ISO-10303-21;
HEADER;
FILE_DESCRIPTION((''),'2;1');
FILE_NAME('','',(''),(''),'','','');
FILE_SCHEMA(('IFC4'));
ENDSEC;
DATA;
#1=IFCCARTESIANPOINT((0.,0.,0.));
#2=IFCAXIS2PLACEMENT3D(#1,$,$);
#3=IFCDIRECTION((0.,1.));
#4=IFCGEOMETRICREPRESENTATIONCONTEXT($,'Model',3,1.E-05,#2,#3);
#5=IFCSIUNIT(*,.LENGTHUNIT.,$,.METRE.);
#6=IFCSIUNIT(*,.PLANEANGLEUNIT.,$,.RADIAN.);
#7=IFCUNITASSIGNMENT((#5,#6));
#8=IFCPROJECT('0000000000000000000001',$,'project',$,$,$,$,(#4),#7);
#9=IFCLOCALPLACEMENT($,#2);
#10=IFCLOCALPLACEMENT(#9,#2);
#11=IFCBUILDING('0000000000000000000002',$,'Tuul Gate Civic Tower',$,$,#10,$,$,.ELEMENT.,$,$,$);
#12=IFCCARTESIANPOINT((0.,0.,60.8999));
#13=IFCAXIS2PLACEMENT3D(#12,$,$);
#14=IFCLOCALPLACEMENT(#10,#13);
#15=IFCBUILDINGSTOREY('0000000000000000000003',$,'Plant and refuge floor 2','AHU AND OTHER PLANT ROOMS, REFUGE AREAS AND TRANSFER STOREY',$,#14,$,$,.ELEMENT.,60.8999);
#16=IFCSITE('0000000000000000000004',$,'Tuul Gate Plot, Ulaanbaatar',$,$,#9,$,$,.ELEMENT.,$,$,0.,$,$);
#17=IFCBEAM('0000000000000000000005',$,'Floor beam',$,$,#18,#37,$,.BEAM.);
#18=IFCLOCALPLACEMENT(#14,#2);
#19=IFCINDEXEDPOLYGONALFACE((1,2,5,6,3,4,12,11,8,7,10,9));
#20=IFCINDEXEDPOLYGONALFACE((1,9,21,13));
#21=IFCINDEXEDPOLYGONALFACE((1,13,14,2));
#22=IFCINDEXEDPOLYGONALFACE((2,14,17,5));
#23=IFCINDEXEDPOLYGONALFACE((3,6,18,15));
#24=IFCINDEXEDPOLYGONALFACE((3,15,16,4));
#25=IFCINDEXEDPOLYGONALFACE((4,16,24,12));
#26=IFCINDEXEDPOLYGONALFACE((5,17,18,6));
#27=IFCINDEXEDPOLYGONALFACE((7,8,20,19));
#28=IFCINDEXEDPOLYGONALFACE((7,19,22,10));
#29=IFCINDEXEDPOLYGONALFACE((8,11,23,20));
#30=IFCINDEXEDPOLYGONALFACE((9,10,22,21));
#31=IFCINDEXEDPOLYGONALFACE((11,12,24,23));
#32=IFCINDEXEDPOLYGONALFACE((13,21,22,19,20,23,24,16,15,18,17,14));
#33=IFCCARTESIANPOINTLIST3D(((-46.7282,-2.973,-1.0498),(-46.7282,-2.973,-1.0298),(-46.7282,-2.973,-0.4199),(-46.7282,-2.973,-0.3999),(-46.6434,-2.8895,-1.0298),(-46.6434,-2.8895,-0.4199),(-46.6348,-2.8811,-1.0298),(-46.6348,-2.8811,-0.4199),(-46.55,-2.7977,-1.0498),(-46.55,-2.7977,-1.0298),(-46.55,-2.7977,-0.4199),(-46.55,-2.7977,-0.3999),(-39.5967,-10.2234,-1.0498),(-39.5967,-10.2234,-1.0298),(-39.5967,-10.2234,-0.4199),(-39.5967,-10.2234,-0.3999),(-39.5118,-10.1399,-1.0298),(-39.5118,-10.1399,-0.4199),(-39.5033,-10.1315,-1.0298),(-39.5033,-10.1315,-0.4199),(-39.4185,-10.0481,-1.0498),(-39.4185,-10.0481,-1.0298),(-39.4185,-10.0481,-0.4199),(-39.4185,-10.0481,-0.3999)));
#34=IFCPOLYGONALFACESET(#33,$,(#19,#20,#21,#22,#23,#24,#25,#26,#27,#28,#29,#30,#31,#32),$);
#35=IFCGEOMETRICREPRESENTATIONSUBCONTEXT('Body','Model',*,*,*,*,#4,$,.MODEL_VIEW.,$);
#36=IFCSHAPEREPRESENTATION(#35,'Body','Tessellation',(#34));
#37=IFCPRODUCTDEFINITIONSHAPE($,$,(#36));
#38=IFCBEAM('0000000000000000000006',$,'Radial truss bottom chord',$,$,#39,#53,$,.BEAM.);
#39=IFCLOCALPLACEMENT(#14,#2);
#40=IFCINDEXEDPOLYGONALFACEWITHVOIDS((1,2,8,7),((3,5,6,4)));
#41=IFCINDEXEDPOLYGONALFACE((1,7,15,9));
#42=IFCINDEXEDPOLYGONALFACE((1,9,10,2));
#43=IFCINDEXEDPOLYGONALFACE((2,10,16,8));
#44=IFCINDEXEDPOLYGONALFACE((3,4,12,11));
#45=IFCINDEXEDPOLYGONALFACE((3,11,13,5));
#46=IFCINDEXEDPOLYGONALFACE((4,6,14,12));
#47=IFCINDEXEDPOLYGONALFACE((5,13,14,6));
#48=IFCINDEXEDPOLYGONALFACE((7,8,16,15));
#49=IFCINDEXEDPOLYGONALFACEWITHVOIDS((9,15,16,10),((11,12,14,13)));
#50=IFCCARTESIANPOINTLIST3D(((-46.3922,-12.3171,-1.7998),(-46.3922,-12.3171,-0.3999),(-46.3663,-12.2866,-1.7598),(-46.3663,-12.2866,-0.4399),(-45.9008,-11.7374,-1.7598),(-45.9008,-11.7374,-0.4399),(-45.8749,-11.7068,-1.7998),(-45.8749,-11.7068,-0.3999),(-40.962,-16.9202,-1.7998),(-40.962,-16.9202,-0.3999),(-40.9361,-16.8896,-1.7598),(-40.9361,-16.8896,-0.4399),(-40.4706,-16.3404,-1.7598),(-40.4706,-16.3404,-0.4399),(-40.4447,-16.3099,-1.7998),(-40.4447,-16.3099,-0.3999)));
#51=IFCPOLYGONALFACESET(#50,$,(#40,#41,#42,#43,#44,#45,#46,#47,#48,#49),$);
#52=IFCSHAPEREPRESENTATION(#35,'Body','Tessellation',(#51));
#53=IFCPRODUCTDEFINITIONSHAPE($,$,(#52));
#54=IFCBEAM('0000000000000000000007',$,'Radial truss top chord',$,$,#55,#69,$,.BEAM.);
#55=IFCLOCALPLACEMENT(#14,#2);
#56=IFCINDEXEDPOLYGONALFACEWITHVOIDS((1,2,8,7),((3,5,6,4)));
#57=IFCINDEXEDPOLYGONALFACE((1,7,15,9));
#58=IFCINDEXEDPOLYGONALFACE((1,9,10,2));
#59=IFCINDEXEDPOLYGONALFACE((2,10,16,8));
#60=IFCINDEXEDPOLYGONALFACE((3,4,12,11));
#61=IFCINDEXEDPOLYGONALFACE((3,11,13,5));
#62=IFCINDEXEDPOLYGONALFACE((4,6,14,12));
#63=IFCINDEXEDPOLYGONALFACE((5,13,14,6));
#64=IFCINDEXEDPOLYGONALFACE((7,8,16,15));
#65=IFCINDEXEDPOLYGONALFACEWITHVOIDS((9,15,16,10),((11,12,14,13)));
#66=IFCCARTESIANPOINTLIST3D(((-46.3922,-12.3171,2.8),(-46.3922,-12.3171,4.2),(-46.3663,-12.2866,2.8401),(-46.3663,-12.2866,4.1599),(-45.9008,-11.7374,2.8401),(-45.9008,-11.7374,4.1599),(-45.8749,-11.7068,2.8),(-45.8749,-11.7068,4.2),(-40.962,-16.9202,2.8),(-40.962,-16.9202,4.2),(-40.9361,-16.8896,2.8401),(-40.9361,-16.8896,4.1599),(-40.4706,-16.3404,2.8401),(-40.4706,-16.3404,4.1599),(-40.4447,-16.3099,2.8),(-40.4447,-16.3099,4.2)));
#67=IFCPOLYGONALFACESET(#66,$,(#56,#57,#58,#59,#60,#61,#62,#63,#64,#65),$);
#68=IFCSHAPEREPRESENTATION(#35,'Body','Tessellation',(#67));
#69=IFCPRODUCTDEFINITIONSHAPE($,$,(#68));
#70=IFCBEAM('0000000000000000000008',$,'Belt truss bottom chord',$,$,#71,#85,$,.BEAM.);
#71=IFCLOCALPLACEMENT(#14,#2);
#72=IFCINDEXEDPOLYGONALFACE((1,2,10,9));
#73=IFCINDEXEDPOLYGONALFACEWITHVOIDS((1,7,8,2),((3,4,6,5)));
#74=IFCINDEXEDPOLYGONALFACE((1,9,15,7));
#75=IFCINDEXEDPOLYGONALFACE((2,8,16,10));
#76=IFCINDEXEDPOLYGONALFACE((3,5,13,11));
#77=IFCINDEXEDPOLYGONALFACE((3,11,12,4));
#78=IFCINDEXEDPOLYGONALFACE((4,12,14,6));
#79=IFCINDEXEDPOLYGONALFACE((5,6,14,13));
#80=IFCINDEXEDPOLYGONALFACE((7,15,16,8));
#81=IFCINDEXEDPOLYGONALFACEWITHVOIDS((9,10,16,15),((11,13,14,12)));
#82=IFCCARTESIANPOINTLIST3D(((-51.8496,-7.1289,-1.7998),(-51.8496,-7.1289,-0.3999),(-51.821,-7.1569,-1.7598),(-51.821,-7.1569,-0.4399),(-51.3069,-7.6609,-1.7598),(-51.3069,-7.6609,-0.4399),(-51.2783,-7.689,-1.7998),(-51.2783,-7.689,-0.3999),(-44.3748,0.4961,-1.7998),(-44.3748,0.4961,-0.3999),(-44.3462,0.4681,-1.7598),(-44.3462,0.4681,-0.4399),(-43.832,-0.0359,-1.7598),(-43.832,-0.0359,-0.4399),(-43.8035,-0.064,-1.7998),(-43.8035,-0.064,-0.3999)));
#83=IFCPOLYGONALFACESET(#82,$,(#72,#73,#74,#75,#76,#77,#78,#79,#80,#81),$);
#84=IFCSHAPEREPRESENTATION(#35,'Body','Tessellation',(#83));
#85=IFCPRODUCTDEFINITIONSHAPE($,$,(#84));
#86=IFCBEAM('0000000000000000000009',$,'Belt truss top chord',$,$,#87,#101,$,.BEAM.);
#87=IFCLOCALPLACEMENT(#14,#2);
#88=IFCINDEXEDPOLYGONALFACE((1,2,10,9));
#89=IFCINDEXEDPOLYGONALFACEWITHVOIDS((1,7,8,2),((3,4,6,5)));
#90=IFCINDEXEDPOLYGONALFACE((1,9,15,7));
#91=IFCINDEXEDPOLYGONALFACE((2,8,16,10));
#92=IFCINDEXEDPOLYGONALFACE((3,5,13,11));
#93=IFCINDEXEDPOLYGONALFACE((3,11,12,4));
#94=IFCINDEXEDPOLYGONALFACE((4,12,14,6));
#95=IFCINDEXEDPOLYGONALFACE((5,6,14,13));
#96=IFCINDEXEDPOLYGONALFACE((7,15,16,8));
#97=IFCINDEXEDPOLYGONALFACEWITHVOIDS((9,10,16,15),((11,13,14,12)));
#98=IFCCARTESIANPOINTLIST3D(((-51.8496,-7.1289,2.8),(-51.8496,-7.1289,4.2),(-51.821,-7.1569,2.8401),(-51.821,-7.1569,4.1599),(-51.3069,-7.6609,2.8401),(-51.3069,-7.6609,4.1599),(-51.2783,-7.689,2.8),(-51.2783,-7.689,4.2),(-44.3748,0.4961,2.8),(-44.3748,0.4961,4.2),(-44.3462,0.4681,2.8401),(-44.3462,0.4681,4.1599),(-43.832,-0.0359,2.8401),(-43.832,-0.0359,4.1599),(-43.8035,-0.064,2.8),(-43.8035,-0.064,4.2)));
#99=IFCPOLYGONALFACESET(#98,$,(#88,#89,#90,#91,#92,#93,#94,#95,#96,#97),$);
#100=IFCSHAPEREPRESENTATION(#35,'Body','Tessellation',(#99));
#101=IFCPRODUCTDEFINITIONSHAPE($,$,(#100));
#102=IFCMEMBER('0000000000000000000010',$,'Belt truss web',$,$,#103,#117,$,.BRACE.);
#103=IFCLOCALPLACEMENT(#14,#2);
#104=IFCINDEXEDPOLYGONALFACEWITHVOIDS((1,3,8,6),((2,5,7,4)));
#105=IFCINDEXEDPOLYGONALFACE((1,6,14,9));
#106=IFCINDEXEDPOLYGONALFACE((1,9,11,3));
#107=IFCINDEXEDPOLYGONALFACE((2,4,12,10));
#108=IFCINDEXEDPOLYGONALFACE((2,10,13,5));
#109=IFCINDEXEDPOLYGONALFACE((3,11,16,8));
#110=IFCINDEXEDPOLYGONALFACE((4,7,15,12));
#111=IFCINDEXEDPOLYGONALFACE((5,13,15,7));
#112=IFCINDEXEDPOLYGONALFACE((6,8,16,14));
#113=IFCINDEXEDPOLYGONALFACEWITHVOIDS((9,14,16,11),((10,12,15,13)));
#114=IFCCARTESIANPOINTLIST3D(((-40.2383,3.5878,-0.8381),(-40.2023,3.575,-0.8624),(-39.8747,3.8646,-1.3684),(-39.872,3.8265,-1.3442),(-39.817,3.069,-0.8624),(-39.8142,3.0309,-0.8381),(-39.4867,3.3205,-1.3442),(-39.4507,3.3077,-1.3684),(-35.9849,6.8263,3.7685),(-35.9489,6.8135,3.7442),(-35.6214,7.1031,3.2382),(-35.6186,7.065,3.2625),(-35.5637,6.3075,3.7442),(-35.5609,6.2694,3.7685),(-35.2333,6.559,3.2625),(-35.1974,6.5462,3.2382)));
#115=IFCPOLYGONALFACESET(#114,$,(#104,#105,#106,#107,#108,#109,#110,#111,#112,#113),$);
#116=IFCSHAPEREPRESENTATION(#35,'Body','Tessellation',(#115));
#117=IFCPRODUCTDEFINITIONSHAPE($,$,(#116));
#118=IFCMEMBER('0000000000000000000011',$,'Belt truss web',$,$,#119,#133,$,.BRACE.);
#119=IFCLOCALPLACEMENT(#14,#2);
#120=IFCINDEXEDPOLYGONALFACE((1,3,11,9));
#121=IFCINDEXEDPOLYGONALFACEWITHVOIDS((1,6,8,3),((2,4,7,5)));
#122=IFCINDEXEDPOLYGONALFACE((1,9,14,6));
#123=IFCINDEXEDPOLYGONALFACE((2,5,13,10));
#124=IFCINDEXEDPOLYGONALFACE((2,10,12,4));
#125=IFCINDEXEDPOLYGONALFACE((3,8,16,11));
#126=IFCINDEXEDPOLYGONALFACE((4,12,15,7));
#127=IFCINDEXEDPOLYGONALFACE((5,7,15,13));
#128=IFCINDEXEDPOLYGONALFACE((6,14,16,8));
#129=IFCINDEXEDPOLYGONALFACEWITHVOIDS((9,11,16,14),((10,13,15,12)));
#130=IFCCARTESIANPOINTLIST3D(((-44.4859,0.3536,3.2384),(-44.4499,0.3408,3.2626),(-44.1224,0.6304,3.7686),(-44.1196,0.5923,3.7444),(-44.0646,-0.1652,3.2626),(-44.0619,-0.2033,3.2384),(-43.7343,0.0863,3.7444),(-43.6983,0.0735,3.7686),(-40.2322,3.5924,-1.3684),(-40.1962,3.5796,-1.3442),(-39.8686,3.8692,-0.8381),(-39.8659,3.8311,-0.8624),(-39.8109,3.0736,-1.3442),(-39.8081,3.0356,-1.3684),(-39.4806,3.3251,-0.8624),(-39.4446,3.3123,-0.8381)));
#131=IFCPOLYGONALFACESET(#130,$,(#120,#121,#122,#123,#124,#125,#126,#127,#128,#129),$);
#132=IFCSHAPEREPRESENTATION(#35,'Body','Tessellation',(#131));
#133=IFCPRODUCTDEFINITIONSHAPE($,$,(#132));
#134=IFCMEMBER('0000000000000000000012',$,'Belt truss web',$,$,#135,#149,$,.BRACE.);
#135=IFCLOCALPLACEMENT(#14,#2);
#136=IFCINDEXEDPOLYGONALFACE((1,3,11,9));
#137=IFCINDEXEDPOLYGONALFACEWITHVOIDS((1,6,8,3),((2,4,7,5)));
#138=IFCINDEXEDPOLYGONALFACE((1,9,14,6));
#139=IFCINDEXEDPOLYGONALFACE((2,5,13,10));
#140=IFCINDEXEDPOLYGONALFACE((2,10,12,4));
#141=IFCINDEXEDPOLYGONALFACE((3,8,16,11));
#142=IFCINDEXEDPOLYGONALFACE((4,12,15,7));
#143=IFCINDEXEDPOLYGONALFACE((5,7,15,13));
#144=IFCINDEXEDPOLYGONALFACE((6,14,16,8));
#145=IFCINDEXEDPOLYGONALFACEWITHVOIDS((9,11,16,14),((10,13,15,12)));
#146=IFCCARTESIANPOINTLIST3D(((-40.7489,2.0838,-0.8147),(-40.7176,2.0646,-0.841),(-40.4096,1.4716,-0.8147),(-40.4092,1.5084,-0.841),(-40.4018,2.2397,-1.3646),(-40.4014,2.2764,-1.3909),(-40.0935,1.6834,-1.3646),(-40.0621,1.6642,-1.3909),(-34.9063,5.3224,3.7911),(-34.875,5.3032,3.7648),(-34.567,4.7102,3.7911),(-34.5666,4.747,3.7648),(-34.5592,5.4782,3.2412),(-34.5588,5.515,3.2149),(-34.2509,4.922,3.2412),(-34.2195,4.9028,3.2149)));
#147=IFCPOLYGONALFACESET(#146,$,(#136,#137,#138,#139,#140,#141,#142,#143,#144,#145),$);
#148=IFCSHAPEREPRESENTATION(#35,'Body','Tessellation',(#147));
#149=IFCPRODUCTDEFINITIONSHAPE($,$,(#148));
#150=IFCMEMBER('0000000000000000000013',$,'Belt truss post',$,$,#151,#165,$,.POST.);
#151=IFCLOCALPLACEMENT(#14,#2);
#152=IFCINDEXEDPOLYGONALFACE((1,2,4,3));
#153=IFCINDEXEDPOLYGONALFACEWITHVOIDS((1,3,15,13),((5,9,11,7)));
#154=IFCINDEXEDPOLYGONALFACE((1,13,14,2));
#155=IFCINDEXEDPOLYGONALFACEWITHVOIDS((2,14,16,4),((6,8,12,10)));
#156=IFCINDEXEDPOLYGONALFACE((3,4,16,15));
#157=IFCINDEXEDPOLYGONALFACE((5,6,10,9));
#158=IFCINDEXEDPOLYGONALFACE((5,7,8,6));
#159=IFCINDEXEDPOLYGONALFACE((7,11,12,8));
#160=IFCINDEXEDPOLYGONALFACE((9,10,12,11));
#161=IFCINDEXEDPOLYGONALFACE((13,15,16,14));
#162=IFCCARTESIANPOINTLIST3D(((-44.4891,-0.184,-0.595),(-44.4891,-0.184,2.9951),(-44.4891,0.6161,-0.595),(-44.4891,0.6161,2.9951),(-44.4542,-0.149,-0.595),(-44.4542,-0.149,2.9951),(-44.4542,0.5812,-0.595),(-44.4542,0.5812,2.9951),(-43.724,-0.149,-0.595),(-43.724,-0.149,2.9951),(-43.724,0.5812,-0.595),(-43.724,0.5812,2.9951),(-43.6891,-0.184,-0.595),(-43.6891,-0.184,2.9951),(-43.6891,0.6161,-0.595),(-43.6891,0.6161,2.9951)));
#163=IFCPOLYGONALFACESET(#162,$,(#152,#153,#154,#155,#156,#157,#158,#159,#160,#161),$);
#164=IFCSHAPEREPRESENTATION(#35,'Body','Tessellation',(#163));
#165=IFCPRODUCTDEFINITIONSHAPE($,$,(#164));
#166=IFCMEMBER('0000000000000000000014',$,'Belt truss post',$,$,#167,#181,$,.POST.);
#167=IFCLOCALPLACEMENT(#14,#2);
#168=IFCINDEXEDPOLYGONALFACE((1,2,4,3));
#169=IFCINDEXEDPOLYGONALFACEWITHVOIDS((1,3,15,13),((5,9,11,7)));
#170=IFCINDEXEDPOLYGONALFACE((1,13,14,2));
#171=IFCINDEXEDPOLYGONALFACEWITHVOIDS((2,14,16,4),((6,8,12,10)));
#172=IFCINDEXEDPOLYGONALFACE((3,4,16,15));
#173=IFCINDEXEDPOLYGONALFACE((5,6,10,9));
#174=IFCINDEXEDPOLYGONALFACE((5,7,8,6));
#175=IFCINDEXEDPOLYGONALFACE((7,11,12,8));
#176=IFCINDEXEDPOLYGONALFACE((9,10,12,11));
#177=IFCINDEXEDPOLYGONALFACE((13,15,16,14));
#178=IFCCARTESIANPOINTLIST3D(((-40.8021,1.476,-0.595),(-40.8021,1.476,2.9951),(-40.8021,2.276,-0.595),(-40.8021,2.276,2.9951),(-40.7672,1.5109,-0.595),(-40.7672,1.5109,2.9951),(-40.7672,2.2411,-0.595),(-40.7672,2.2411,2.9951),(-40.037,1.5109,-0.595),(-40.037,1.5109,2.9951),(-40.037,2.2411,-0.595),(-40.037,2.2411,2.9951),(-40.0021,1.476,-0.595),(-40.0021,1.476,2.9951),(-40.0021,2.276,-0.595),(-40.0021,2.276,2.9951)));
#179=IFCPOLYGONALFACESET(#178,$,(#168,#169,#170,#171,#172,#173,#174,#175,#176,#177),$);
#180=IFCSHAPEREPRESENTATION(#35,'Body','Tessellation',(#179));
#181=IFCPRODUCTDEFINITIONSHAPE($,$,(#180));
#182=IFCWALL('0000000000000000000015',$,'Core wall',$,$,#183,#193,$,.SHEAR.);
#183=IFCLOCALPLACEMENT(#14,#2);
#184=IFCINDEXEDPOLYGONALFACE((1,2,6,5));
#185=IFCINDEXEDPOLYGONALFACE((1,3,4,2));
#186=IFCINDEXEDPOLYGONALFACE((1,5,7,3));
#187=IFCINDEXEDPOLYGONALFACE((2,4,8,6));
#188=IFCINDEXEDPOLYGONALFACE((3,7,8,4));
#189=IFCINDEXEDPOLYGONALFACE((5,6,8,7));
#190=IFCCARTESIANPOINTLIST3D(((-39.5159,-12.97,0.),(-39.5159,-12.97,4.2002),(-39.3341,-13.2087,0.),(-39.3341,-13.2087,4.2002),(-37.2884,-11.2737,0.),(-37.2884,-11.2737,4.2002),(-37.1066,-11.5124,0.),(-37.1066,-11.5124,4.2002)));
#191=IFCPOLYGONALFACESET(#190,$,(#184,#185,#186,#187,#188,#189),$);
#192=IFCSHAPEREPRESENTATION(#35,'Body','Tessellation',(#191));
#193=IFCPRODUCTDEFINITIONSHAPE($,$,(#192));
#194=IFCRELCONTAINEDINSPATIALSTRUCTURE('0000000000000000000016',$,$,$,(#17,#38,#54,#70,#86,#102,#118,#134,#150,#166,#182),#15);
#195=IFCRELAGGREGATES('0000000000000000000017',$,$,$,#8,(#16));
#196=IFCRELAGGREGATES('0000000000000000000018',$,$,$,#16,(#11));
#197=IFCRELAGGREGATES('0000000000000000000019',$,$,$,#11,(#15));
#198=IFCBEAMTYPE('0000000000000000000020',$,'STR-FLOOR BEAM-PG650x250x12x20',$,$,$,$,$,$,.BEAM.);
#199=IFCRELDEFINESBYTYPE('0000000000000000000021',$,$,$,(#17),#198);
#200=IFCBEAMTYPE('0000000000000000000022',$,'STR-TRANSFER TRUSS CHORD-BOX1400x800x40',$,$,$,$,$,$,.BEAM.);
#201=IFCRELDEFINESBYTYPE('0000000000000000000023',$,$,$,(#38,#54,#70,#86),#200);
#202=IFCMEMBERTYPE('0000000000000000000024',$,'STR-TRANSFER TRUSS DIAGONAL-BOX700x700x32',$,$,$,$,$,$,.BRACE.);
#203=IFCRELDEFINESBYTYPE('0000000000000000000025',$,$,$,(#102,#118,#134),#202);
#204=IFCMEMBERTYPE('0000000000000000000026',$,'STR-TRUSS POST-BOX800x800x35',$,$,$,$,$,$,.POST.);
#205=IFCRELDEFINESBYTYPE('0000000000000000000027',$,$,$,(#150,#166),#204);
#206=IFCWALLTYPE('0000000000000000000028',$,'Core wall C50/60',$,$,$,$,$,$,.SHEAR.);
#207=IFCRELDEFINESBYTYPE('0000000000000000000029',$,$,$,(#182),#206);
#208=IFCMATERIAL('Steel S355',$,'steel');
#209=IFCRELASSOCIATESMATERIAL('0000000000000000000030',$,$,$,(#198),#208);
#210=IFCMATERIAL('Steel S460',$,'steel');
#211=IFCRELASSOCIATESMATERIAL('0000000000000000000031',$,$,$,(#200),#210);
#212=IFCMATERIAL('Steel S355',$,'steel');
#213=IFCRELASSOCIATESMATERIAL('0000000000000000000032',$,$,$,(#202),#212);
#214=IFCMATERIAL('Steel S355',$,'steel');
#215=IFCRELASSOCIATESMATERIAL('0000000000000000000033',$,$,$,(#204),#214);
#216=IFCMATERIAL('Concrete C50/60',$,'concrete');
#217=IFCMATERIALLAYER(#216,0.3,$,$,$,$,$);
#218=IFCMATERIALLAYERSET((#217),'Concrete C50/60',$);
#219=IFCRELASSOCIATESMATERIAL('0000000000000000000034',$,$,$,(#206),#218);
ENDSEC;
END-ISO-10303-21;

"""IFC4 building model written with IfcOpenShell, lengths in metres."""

from ifc_helpers import new_model, si_unit, direction, frame, frame_2d, origin, origin_2d, place, context, subcontext, project, spatial, rectangle, hollow_rectangle, i_section, extrude, material, layer, layer_set, material_profile, profile_set, type_object, element, save


model = new_model("IFC4")

# Units and contexts
model_context = context("Model", 3, precision=1e-05, world=origin(), true_north=direction((0.0, 1.0)))
body_context = subcontext(model_context, "Body", "Model", "MODEL_VIEW")
ifc_project = project(units=[si_unit("LENGTHUNIT", "METRE"), si_unit("PLANEANGLEUNIT", "RADIAN")], contexts=[model_context])

# Site, building, storey
site_placement = place(None, origin())
site = spatial("IfcSite", under=ifc_project, at=site_placement, Name="Tuul Gate Plot, Ulaanbaatar", CompositionType="ELEMENT", RefElevation=0.0)
building_placement = place(site_placement, origin())
building = spatial("IfcBuilding", under=site, at=building_placement, Name="Tuul Gate Civic Tower", CompositionType="ELEMENT")
storey_placement = place(building_placement, frame((0.0, 0.0, 60.8999)))
storey = spatial("IfcBuildingStorey", under=building, at=storey_placement, Name="Plant and refuge floor 2", Description="AHU AND OTHER PLANT ROOMS, REFUGE AREAS AND TRANSFER STOREY", CompositionType="ELEMENT", Elevation=60.8999)

# Beams
ifc_material_1 = material(Name="Steel S355", Category="steel")
ifc_material_profile_1 = material_profile(ifc_material_1, i_section(OverallWidth=0.25, OverallDepth=0.6499, WebThickness=0.012, FlangeThickness=0.02, at=origin_2d()), Name="PG650x250x12x20")
ifc_profile_set_1 = profile_set([ifc_material_profile_1], Name="Steel S355")
beam_type_1 = type_object("IfcBeamType", Name="STR-FLOOR BEAM-PG650x250x12x20", PredefinedType="BEAM", material=ifc_profile_set_1)
beam_placement = place(storey_placement, frame((-39.5076, -10.1357, -0.7249), z_axis=(-0.701237, 0.712928, 0.0), x_axis=(-0.712928, -0.701237, 0.0)))
element("IfcBeam", 1, at=beam_placement, inside=storey, type_object=beam_type_1, Name="Floor beam", PredefinedType="BEAM", context=body_context, shape_type="SweptSolid", body=[
    extrude(i_section(OverallWidth=0.25, OverallDepth=0.6499, WebThickness=0.012, FlangeThickness=0.02, at=origin_2d()), origin(), (0.0, 0.0, 1.0), 10.1699),
])
ifc_material_2 = material(Name="Steel S460", Category="steel")
ifc_material_profile_2 = material_profile(ifc_material_2, hollow_rectangle(XDim=0.8, YDim=1.3999, WallThickness=0.04, at=origin_2d()), Name="BOX1400x800x40")
ifc_profile_set_2 = profile_set([ifc_material_profile_2], Name="Steel S460")
beam_type_2 = type_object("IfcBeamType", Name="STR-TRANSFER TRUSS CHORD-BOX1400x800x40", PredefinedType="BEAM", material=ifc_profile_set_2)
for number, where, z_axis, x_axis, name in (
    (2, (-46.1335, -12.012, -1.0999), (0.762814, -0.646618, 0.0), (0.646618, 0.762814, 0.0), "Radial truss bottom chord"),
    (3, (-46.1335, -12.012, 3.5), (0.762814, -0.646618, 0.0), (0.646618, 0.762814, 0.0), "Radial truss top chord"),
):
    element("IfcBeam", number, at=place(storey_placement, frame(where, z_axis=z_axis, x_axis=x_axis)), inside=storey, type_object=beam_type_2, Name=name, PredefinedType="BEAM", context=body_context, shape_type="SweptSolid", body=[
        extrude(hollow_rectangle(XDim=0.8, YDim=1.3999, WallThickness=0.04, at=origin_2d()), origin(), (0.0, 0.0, 1.0), 7.1187),
    ])
for number, where, z_axis, x_axis, name in (
    (4, (-44.0891, 0.2161, -1.0999), (-0.700041, -0.714103, 0.0), (0.714103, -0.700041, 0.0), "Belt truss bottom chord"),
    (5, (-44.0891, 0.2161, 3.5), (-0.700041, -0.714103, 0.0), (0.714103, -0.700041, 0.0), "Belt truss top chord"),
):
    element("IfcBeam", number, at=place(storey_placement, frame(where, z_axis=z_axis, x_axis=x_axis)), inside=storey, type_object=beam_type_2, Name=name, PredefinedType="BEAM", context=body_context, shape_type="SweptSolid", body=[
        extrude(hollow_rectangle(XDim=0.8, YDim=1.3999, WallThickness=0.04, at=origin_2d()), origin(), (0.0, 0.0, 1.0), 10.6777),
    ])

# Members
ifc_material_3 = material(Name="Steel S355", Category="steel")
ifc_material_profile_3 = material_profile(ifc_material_3, hollow_rectangle(XDim=0.7, YDim=0.7, WallThickness=0.032, at=origin_2d()), Name="BOX700x700x32")
ifc_profile_set_3 = profile_set([ifc_material_profile_3], Name="Steel S355")
member_type_1 = type_object("IfcMemberType", Name="STR-TRANSFER TRUSS DIAGONAL-BOX700x700x32", PredefinedType="BRACE", material=ifc_profile_set_3)
member_1_placement = place(storey_placement, frame((-39.8445, 3.4478, -1.1033), z_axis=(0.602724, 0.45891, 0.652783), x_axis=(-0.605786, 0.795628, 0.0)))
element("IfcMember", 6, at=member_1_placement, inside=storey, type_object=member_type_1, Name="Belt truss web", PredefinedType="BRACE", context=body_context, shape_type="SweptSolid", body=[
    extrude(hollow_rectangle(XDim=0.7, YDim=0.7, WallThickness=0.032, at=origin_2d()), origin(), (0.0, 0.0, 1.0), 7.0569),
])
member_2_placement = place(storey_placement, frame((-39.8384, 3.4524, -1.1033), z_axis=(-0.602736, -0.458928, 0.652759), x_axis=(0.605793, -0.795622, 0.0)))
element("IfcMember", 7, at=member_2_placement, inside=storey, type_object=member_type_1, Name="Belt truss web", PredefinedType="BRACE", context=body_context, shape_type="SweptSolid", body=[
    extrude(hollow_rectangle(XDim=0.7, YDim=0.7, WallThickness=0.032, at=origin_2d()), origin(), (0.0, 0.0, 1.0), 7.0574),
])
member_3_placement = place(storey_placement, frame((-40.4055, 1.874, -1.1028), z_axis=(0.720062, 0.399132, 0.567631), x_axis=(-0.484805, 0.874622, 0.0)))
element("IfcMember", 8, at=member_3_placement, inside=storey, type_object=member_type_1, Name="Belt truss web", PredefinedType="BRACE", context=body_context, shape_type="SweptSolid", body=[
    extrude(hollow_rectangle(XDim=0.7, YDim=0.7, WallThickness=0.032, at=origin_2d()), origin(), (0.0, 0.0, 1.0), 8.114),
])
ifc_material_4 = material(Name="Steel S355", Category="steel")
ifc_material_profile_4 = material_profile(ifc_material_4, hollow_rectangle(XDim=0.8, YDim=0.8, WallThickness=0.0349, at=origin_2d()), Name="BOX800x800x35")
ifc_profile_set_4 = profile_set([ifc_material_profile_4], Name="Steel S355")
member_type_2 = type_object("IfcMemberType", Name="STR-TRUSS POST-BOX800x800x35", PredefinedType="POST", material=ifc_profile_set_4)
for number, where, z_axis, x_axis, name in (
    (9, (-44.0891, 0.2161, -0.595), (0.0, 0.0, 1.0), (1.0, 0.0, 0.0), "Belt truss post"),
    (10, (-40.4021, 1.876, -0.595), (0.0, 0.0, 1.0), (1.0, 0.0, 0.0), "Belt truss post"),
):
    element("IfcMember", number, at=place(storey_placement, frame(where, z_axis=z_axis, x_axis=x_axis)), inside=storey, type_object=member_type_2, Name=name, PredefinedType="POST", context=body_context, shape_type="SweptSolid", body=[
        extrude(hollow_rectangle(XDim=0.8, YDim=0.8, WallThickness=0.0349, at=origin_2d()), origin(), (0.0, 0.0, 1.0), 3.5901),
    ])

# Wall
ifc_material_5 = material(Name="Concrete C50/60", Category="concrete")
ifc_layer_1 = layer(ifc_material_5, 0.3)
ifc_layer_set_1 = layer_set([ifc_layer_1], Name="Concrete C50/60")
wall_type_1 = type_object("IfcWallType", Name="Core wall C50/60", PredefinedType="SHEAR", material=ifc_layer_set_1)
wall_1_placement = place(storey_placement, frame((-37.1975, -11.3931, 0.0), z_axis=(0.0, 0.0, 1.0), x_axis=(-0.795584, -0.605844, 0.0)))
element("IfcWall", 11, at=wall_1_placement, inside=storey, type_object=wall_type_1, Name="Core wall", PredefinedType="SHEAR", context=body_context, shape_type="SweptSolid", body=[
    extrude(rectangle(XDim=2.7998, YDim=0.3, at=frame_2d((1.3999, 0.0))), origin(), (0.0, 0.0, 1.0), 4.2002),
])

save(model, "model.ifc")
